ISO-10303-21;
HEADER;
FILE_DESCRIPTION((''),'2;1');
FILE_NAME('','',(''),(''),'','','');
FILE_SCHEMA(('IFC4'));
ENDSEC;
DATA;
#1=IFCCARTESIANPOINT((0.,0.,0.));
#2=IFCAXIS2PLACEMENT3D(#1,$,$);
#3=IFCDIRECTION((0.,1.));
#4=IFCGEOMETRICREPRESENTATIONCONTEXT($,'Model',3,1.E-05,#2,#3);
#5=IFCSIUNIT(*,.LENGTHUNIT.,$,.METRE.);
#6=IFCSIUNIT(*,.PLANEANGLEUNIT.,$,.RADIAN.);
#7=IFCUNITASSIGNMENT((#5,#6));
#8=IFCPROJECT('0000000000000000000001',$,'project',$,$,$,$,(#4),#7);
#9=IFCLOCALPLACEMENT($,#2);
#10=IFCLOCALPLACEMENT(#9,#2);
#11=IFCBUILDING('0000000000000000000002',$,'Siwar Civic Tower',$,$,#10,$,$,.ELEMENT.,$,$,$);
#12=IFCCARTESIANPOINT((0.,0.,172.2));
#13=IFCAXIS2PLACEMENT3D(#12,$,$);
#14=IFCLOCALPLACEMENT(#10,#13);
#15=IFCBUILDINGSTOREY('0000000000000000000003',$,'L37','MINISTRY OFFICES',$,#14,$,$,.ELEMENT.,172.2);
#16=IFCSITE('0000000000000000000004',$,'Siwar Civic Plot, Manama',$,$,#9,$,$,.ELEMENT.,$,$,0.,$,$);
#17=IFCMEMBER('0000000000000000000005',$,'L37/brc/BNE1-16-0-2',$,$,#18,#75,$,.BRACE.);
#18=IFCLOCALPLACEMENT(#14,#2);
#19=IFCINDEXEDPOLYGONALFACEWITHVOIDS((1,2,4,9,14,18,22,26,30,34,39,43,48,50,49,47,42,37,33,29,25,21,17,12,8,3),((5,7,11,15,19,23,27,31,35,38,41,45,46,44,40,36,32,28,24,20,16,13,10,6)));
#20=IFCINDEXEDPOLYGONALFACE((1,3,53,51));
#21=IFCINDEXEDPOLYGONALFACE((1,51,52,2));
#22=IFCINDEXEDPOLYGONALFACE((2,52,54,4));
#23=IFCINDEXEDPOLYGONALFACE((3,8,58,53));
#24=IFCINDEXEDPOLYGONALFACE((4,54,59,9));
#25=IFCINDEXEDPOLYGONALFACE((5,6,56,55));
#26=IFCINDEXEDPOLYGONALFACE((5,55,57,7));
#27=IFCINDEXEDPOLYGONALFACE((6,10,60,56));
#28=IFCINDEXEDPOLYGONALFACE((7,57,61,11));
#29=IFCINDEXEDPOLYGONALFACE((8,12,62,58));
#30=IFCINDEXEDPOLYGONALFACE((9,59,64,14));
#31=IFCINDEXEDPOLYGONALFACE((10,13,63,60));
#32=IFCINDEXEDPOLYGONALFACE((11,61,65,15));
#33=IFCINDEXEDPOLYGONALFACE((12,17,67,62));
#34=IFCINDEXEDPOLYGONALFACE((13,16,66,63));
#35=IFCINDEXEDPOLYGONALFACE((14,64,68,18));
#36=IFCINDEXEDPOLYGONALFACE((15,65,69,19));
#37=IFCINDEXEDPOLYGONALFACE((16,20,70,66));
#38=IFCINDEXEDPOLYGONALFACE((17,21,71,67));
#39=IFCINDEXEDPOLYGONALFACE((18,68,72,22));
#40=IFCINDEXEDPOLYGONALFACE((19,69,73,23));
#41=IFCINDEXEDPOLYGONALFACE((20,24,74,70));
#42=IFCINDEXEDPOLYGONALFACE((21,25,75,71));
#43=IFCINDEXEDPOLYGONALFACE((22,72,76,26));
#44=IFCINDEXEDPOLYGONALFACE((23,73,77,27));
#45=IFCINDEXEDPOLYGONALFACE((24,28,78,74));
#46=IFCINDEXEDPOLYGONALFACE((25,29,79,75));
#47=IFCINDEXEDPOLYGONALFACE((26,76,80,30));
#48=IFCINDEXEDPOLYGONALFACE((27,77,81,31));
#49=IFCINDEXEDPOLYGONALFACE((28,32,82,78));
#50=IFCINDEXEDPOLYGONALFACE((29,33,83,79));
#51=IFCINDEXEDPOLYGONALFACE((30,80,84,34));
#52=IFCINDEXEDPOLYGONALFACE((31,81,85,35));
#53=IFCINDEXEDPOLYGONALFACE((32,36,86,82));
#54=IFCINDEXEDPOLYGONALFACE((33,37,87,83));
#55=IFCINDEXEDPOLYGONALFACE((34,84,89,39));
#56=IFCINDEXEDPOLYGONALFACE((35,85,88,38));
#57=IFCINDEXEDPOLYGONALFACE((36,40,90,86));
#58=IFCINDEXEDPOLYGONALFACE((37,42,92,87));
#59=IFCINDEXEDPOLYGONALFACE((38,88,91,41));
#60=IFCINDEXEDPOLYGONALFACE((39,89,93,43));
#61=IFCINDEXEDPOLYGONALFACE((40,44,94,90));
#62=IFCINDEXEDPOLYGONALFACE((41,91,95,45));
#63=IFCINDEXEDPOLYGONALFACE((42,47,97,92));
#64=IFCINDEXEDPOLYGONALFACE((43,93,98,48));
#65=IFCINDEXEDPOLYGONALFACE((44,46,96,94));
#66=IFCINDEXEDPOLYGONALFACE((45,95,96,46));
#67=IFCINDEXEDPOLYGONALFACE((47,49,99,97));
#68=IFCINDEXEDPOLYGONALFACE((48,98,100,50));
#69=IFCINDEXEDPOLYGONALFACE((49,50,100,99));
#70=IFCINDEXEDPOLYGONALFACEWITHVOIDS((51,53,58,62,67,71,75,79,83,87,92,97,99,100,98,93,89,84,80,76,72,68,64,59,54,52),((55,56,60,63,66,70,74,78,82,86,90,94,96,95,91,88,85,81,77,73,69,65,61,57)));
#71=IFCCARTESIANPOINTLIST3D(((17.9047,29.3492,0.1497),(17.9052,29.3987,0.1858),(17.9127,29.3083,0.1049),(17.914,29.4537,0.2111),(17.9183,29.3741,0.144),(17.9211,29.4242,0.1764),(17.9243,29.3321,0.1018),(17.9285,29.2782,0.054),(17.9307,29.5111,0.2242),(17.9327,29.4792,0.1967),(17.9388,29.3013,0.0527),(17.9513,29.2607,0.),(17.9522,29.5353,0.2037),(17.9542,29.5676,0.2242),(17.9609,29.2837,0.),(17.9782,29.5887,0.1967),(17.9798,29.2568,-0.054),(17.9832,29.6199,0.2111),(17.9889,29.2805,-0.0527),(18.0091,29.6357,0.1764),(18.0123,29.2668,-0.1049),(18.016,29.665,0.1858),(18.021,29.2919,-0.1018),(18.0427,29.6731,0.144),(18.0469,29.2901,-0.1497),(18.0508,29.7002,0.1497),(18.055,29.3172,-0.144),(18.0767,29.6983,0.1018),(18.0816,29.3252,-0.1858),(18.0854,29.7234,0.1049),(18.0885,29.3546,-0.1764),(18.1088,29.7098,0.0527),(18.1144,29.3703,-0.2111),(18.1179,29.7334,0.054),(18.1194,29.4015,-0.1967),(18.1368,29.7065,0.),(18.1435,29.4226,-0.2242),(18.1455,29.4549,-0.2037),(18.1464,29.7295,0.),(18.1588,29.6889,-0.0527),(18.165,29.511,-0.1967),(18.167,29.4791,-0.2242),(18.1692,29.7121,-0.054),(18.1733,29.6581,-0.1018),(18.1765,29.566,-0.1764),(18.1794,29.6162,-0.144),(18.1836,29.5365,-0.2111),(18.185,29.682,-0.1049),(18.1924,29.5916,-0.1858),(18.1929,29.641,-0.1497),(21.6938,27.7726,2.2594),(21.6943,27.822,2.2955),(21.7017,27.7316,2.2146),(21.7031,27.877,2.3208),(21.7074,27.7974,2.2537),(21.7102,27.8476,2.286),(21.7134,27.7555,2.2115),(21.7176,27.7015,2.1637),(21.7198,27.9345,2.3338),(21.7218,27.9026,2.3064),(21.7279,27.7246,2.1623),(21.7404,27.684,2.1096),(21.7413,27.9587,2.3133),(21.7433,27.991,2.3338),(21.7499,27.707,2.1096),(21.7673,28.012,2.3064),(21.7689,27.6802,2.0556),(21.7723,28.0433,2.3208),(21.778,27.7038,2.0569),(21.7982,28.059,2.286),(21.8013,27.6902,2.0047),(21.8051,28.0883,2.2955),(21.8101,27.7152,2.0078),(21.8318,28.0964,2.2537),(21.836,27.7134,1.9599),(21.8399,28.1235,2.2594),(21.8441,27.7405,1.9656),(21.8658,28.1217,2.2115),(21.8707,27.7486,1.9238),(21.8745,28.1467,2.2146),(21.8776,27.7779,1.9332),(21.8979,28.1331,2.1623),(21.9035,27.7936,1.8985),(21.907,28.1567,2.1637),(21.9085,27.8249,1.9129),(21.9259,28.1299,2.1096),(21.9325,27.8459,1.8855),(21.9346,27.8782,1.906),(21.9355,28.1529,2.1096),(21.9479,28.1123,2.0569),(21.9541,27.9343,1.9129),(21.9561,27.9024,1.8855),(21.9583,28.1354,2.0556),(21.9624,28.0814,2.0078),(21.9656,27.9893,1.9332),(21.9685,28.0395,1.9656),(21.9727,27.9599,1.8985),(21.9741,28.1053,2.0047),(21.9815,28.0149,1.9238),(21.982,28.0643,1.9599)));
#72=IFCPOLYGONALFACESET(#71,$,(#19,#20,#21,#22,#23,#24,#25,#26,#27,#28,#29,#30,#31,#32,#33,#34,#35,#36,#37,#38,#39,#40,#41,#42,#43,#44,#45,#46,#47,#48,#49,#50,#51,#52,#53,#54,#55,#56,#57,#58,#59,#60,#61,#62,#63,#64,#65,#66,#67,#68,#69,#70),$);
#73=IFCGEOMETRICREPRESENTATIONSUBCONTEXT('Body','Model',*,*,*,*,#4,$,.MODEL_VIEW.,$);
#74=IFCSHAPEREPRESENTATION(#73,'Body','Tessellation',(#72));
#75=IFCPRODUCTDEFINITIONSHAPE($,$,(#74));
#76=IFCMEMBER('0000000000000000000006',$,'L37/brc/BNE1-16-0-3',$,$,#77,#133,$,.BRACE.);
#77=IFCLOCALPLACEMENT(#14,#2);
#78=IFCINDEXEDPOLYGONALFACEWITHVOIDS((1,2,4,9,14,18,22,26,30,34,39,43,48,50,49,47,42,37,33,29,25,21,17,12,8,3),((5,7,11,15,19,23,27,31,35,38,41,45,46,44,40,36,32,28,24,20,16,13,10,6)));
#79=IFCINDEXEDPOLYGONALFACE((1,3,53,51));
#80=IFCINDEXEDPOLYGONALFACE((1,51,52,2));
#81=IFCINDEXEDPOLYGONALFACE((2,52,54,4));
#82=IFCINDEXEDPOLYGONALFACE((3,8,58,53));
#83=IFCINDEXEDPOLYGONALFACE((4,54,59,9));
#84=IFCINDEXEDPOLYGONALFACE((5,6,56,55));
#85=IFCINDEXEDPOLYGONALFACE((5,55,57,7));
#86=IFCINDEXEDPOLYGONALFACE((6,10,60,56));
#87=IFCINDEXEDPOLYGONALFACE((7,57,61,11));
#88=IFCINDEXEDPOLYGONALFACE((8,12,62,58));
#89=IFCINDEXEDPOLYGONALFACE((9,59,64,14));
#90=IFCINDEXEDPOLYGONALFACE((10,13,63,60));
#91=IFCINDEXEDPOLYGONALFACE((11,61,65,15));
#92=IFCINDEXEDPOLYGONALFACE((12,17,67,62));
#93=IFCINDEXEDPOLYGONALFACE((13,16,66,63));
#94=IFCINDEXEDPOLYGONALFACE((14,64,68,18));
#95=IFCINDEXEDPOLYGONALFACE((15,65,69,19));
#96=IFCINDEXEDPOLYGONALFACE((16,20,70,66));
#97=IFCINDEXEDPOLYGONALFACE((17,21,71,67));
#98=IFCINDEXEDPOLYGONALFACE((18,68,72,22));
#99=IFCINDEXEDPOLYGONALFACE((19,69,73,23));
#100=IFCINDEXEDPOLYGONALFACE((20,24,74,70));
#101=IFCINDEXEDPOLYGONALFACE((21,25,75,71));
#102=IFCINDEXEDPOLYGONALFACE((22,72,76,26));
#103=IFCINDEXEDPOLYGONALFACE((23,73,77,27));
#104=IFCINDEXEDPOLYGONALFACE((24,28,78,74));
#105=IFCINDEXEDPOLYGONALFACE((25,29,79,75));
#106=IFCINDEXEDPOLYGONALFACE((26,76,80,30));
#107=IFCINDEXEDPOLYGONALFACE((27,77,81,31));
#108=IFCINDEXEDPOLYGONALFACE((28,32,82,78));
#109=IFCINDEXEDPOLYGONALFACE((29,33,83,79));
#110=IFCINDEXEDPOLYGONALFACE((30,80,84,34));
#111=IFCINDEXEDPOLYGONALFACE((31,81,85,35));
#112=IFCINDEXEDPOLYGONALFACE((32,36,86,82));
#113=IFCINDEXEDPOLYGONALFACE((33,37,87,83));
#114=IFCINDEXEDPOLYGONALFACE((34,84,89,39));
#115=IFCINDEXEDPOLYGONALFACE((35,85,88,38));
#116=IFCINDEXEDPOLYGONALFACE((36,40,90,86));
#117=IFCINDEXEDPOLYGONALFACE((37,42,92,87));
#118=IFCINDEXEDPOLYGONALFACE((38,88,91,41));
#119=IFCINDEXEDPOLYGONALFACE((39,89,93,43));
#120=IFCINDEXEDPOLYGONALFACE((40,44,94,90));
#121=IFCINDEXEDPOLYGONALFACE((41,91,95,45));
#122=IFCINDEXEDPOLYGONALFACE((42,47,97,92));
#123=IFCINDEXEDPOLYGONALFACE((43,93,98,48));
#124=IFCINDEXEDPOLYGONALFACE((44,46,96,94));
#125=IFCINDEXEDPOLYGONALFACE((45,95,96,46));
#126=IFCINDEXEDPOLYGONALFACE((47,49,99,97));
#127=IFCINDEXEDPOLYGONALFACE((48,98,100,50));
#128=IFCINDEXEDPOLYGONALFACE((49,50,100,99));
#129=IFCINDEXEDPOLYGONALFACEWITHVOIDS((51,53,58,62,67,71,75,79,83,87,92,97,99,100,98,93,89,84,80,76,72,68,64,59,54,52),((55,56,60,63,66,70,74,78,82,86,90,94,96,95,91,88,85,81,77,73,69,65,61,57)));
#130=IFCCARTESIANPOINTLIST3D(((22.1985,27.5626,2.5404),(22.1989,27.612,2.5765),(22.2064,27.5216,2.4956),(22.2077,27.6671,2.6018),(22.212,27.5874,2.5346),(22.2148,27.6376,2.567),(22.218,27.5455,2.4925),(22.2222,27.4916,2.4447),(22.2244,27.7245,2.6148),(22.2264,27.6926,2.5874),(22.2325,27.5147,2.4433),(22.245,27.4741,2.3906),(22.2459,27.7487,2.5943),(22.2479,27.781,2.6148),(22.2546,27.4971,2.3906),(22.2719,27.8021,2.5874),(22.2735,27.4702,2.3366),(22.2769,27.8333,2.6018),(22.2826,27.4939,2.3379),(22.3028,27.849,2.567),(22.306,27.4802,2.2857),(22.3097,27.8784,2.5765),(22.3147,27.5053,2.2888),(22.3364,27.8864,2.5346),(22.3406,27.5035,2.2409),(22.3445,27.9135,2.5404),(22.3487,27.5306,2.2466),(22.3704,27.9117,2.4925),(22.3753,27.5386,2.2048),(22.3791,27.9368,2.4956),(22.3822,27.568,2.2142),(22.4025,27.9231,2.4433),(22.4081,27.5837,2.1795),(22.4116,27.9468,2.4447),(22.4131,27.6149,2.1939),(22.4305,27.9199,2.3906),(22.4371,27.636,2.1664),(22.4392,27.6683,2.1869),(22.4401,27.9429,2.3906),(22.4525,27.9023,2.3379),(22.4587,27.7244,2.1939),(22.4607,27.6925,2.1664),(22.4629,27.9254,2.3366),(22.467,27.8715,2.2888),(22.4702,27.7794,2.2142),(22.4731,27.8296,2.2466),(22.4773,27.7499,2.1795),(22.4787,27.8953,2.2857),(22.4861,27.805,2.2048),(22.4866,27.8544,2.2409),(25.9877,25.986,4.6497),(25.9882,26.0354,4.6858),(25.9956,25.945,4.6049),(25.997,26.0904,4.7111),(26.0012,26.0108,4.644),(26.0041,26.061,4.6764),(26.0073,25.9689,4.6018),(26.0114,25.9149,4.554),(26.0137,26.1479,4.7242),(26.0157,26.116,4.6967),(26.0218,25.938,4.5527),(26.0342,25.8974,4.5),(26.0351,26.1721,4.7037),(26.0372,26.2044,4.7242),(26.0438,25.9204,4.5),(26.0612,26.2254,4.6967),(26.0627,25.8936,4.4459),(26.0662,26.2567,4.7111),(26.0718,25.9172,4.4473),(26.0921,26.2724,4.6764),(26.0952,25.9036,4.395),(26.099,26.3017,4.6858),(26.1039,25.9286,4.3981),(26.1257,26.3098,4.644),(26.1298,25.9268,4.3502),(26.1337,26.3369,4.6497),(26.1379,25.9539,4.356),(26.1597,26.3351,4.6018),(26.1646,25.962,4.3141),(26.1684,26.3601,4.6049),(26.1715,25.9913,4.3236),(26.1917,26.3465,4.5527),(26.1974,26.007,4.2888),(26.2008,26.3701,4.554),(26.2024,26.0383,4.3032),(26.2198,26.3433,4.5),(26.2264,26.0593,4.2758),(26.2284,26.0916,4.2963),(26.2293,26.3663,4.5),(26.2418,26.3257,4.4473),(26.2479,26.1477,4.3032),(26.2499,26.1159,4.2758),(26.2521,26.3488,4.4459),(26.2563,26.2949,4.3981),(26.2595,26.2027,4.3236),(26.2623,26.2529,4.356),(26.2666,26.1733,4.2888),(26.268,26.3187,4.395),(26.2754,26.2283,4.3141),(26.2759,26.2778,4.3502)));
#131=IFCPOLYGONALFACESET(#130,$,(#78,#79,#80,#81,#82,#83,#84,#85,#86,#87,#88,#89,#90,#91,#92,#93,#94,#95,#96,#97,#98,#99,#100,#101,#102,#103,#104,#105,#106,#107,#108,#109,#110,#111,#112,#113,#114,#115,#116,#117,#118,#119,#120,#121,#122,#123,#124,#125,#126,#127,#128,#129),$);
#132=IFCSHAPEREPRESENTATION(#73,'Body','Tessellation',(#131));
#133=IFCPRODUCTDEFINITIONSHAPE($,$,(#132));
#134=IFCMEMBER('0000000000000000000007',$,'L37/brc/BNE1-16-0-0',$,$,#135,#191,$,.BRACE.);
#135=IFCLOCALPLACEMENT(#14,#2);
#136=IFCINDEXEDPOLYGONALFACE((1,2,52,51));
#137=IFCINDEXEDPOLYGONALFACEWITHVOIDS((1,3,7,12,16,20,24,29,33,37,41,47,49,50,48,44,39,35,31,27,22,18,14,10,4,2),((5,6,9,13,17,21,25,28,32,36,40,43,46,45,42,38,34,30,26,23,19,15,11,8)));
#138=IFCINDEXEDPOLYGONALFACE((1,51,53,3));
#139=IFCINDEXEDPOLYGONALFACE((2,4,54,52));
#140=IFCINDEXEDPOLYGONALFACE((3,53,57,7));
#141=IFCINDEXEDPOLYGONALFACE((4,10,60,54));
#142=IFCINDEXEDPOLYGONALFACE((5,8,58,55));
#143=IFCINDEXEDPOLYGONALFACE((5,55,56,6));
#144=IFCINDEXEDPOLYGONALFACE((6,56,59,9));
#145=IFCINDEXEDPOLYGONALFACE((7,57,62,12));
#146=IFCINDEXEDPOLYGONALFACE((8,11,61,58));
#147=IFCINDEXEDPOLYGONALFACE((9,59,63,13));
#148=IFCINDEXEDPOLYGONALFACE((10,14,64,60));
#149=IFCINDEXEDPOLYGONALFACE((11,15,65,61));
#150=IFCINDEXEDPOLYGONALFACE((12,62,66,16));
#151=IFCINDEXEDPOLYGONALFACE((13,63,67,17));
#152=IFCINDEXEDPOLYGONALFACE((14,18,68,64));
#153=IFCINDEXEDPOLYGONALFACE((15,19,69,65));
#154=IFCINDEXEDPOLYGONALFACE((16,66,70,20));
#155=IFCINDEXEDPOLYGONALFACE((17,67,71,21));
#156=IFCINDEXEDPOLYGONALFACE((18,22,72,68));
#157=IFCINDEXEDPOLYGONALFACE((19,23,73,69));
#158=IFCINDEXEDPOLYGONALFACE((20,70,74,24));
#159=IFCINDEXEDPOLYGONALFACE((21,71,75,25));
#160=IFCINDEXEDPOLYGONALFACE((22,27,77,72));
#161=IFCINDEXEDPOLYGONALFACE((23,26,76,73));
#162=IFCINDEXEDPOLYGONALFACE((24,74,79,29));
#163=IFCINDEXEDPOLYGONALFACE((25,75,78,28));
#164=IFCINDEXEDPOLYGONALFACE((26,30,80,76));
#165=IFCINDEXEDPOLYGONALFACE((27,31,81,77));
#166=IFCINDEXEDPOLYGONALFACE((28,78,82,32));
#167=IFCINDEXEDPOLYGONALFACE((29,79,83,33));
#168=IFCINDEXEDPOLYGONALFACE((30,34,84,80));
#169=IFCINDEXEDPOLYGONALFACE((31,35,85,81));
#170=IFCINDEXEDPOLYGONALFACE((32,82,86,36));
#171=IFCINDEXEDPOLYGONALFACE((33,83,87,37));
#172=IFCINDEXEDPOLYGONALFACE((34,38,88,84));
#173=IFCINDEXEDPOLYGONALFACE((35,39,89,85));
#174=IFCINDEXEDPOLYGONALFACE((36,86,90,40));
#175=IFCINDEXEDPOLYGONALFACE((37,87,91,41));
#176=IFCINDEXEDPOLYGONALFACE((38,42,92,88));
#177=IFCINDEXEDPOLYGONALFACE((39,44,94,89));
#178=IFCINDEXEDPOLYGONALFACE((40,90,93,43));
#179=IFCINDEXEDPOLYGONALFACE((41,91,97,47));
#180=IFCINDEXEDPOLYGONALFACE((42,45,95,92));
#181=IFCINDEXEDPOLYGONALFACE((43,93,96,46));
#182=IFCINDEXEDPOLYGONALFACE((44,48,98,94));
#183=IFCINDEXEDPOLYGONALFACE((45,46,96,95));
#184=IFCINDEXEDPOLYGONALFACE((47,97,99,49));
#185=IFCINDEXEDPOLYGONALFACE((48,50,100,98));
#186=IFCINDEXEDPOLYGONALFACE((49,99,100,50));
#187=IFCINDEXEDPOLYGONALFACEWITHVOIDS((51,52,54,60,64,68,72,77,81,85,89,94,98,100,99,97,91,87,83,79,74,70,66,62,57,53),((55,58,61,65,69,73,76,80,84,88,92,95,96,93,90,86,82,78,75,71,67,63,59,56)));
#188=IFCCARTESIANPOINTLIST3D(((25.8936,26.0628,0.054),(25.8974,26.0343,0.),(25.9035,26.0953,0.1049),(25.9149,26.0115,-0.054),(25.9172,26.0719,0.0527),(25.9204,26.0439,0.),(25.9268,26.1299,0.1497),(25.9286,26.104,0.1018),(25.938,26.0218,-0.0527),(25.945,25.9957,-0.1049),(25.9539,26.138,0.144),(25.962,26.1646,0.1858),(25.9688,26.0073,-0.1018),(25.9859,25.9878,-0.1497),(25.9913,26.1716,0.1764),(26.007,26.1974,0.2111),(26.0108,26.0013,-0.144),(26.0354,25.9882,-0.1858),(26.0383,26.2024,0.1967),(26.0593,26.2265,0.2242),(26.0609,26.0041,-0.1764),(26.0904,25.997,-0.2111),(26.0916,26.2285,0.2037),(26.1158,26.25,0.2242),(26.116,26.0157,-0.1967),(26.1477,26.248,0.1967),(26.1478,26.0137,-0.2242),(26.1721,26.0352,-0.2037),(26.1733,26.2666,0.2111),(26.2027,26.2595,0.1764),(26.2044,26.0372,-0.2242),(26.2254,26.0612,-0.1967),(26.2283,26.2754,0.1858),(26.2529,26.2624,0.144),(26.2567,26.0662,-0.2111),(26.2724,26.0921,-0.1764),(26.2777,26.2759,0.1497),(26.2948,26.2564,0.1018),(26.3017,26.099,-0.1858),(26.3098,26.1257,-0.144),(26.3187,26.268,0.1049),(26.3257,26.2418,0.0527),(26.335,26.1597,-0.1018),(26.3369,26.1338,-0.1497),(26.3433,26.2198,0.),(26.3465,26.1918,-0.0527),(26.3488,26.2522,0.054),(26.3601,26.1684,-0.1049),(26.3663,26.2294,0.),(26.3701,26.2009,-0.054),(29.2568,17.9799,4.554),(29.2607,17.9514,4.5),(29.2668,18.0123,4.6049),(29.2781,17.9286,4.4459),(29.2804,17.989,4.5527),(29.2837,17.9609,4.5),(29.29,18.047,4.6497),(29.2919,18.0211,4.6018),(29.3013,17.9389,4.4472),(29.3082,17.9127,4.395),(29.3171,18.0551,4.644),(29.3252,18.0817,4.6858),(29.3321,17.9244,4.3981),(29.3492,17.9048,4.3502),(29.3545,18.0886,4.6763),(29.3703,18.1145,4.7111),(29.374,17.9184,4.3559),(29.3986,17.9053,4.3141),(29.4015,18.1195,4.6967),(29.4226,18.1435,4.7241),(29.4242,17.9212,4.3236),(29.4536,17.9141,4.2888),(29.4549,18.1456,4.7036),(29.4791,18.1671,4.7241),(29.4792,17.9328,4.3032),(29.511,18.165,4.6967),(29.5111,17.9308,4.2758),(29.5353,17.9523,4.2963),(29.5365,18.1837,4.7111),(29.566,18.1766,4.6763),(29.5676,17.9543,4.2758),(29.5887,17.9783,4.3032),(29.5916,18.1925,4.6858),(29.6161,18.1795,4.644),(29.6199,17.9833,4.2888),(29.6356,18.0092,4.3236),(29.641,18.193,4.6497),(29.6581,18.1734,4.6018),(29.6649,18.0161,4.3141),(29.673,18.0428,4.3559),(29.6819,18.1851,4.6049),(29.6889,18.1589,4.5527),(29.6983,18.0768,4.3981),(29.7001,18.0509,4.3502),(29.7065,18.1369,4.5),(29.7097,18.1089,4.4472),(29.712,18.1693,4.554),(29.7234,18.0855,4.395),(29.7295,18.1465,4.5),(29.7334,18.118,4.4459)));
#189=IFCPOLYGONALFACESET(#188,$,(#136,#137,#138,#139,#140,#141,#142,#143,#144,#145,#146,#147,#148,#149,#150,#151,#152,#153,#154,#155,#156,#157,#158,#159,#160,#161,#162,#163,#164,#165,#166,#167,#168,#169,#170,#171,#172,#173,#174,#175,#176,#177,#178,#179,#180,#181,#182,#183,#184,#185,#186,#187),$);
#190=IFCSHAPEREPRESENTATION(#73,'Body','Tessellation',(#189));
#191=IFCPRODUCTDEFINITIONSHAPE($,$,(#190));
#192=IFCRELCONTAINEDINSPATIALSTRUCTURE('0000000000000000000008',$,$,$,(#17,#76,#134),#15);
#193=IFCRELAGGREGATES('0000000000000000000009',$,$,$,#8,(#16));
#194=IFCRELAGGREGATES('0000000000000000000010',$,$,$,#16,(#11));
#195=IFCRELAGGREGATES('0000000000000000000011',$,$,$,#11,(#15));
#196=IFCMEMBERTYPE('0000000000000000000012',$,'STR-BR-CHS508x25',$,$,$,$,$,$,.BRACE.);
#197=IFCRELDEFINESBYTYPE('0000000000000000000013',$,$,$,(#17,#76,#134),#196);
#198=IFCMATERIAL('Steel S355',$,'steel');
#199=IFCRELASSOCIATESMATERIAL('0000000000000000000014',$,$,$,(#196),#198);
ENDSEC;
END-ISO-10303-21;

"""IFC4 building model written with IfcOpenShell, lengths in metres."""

from ifc_helpers import new_model, si_unit, direction, frame, origin, origin_2d, place, context, subcontext, project, spatial, hollow_circle, extrude, material, material_profile, profile_set, type_object, element, save


model = new_model("IFC4")

# Units and contexts
model_context = context("Model", 3, precision=1e-05, world=origin(), true_north=direction((0.0, 1.0)))
body_context = subcontext(model_context, "Body", "Model", "MODEL_VIEW")
ifc_project = project(units=[si_unit("LENGTHUNIT", "METRE"), si_unit("PLANEANGLEUNIT", "RADIAN")], contexts=[model_context])

# Site, building, storey
site_placement = place(None, origin())
site = spatial("IfcSite", under=ifc_project, at=site_placement, Name="Siwar Civic Plot, Manama", CompositionType="ELEMENT", RefElevation=0.0)
building_placement = place(site_placement, origin())
building = spatial("IfcBuilding", under=site, at=building_placement, Name="Siwar Civic Tower", CompositionType="ELEMENT")
storey_placement = place(building_placement, frame((0.0, 0.0, 172.2)))
storey = spatial("IfcBuildingStorey", under=building, at=storey_placement, Name="L37", Description="MINISTRY OFFICES", CompositionType="ELEMENT", Elevation=172.2)

# Members
ifc_material_1 = material(Name="Steel S355", Category="steel")
ifc_material_profile_1 = material_profile(ifc_material_1, hollow_circle(Radius=0.2539, WallThickness=0.0249, at=origin_2d()), Name="CHS508x25")
ifc_profile_set_1 = profile_set([ifc_material_profile_1], Name="Steel S355")
member_type_1 = type_object("IfcMemberType", Name="STR-BR-CHS508x25", PredefinedType="BRACE", material=ifc_profile_set_1)
for number, where, z_axis, x_axis, name in (
    (1, (18.0488, 29.4951, 0.0), (0.821126, -0.341677, 0.457175), (0.384176, 0.92326, 0.0), "L37/brc/BNE1-16-0-2"),
    (2, (22.3425, 27.7085, 2.3906), (0.821163, -0.341671, 0.457113), (0.384155, 0.923269, 0.0), "L37/brc/BNE1-16-0-3"),
):
    element("IfcMember", number, at=place(storey_placement, frame(where, z_axis=z_axis, x_axis=x_axis)), inside=storey, type_object=member_type_1, Name=name, PredefinedType="BRACE", context=body_context, shape_type="SweptSolid", body=[
        extrude(hollow_circle(Radius=0.2539, WallThickness=0.0249, at=origin_2d()), origin(), (0.0, 0.0, 1.0), 4.6145),
    ])
member_1_placement = place(storey_placement, frame((26.1318, 26.1318, 0.0), z_axis=(0.341671, -0.821143, 0.457149), x_axis=(0.923265, 0.384164, 0.0)))
element("IfcMember", 3, at=member_1_placement, inside=storey, type_object=member_type_1, Name="L37/brc/BNE1-16-0-0", PredefinedType="BRACE", context=body_context, shape_type="SweptSolid", body=[
    extrude(hollow_circle(Radius=0.2539, WallThickness=0.0249, at=origin_2d()), origin(), (0.0, 0.0, 1.0), 9.8435),
])

save(model, "model.ifc")
